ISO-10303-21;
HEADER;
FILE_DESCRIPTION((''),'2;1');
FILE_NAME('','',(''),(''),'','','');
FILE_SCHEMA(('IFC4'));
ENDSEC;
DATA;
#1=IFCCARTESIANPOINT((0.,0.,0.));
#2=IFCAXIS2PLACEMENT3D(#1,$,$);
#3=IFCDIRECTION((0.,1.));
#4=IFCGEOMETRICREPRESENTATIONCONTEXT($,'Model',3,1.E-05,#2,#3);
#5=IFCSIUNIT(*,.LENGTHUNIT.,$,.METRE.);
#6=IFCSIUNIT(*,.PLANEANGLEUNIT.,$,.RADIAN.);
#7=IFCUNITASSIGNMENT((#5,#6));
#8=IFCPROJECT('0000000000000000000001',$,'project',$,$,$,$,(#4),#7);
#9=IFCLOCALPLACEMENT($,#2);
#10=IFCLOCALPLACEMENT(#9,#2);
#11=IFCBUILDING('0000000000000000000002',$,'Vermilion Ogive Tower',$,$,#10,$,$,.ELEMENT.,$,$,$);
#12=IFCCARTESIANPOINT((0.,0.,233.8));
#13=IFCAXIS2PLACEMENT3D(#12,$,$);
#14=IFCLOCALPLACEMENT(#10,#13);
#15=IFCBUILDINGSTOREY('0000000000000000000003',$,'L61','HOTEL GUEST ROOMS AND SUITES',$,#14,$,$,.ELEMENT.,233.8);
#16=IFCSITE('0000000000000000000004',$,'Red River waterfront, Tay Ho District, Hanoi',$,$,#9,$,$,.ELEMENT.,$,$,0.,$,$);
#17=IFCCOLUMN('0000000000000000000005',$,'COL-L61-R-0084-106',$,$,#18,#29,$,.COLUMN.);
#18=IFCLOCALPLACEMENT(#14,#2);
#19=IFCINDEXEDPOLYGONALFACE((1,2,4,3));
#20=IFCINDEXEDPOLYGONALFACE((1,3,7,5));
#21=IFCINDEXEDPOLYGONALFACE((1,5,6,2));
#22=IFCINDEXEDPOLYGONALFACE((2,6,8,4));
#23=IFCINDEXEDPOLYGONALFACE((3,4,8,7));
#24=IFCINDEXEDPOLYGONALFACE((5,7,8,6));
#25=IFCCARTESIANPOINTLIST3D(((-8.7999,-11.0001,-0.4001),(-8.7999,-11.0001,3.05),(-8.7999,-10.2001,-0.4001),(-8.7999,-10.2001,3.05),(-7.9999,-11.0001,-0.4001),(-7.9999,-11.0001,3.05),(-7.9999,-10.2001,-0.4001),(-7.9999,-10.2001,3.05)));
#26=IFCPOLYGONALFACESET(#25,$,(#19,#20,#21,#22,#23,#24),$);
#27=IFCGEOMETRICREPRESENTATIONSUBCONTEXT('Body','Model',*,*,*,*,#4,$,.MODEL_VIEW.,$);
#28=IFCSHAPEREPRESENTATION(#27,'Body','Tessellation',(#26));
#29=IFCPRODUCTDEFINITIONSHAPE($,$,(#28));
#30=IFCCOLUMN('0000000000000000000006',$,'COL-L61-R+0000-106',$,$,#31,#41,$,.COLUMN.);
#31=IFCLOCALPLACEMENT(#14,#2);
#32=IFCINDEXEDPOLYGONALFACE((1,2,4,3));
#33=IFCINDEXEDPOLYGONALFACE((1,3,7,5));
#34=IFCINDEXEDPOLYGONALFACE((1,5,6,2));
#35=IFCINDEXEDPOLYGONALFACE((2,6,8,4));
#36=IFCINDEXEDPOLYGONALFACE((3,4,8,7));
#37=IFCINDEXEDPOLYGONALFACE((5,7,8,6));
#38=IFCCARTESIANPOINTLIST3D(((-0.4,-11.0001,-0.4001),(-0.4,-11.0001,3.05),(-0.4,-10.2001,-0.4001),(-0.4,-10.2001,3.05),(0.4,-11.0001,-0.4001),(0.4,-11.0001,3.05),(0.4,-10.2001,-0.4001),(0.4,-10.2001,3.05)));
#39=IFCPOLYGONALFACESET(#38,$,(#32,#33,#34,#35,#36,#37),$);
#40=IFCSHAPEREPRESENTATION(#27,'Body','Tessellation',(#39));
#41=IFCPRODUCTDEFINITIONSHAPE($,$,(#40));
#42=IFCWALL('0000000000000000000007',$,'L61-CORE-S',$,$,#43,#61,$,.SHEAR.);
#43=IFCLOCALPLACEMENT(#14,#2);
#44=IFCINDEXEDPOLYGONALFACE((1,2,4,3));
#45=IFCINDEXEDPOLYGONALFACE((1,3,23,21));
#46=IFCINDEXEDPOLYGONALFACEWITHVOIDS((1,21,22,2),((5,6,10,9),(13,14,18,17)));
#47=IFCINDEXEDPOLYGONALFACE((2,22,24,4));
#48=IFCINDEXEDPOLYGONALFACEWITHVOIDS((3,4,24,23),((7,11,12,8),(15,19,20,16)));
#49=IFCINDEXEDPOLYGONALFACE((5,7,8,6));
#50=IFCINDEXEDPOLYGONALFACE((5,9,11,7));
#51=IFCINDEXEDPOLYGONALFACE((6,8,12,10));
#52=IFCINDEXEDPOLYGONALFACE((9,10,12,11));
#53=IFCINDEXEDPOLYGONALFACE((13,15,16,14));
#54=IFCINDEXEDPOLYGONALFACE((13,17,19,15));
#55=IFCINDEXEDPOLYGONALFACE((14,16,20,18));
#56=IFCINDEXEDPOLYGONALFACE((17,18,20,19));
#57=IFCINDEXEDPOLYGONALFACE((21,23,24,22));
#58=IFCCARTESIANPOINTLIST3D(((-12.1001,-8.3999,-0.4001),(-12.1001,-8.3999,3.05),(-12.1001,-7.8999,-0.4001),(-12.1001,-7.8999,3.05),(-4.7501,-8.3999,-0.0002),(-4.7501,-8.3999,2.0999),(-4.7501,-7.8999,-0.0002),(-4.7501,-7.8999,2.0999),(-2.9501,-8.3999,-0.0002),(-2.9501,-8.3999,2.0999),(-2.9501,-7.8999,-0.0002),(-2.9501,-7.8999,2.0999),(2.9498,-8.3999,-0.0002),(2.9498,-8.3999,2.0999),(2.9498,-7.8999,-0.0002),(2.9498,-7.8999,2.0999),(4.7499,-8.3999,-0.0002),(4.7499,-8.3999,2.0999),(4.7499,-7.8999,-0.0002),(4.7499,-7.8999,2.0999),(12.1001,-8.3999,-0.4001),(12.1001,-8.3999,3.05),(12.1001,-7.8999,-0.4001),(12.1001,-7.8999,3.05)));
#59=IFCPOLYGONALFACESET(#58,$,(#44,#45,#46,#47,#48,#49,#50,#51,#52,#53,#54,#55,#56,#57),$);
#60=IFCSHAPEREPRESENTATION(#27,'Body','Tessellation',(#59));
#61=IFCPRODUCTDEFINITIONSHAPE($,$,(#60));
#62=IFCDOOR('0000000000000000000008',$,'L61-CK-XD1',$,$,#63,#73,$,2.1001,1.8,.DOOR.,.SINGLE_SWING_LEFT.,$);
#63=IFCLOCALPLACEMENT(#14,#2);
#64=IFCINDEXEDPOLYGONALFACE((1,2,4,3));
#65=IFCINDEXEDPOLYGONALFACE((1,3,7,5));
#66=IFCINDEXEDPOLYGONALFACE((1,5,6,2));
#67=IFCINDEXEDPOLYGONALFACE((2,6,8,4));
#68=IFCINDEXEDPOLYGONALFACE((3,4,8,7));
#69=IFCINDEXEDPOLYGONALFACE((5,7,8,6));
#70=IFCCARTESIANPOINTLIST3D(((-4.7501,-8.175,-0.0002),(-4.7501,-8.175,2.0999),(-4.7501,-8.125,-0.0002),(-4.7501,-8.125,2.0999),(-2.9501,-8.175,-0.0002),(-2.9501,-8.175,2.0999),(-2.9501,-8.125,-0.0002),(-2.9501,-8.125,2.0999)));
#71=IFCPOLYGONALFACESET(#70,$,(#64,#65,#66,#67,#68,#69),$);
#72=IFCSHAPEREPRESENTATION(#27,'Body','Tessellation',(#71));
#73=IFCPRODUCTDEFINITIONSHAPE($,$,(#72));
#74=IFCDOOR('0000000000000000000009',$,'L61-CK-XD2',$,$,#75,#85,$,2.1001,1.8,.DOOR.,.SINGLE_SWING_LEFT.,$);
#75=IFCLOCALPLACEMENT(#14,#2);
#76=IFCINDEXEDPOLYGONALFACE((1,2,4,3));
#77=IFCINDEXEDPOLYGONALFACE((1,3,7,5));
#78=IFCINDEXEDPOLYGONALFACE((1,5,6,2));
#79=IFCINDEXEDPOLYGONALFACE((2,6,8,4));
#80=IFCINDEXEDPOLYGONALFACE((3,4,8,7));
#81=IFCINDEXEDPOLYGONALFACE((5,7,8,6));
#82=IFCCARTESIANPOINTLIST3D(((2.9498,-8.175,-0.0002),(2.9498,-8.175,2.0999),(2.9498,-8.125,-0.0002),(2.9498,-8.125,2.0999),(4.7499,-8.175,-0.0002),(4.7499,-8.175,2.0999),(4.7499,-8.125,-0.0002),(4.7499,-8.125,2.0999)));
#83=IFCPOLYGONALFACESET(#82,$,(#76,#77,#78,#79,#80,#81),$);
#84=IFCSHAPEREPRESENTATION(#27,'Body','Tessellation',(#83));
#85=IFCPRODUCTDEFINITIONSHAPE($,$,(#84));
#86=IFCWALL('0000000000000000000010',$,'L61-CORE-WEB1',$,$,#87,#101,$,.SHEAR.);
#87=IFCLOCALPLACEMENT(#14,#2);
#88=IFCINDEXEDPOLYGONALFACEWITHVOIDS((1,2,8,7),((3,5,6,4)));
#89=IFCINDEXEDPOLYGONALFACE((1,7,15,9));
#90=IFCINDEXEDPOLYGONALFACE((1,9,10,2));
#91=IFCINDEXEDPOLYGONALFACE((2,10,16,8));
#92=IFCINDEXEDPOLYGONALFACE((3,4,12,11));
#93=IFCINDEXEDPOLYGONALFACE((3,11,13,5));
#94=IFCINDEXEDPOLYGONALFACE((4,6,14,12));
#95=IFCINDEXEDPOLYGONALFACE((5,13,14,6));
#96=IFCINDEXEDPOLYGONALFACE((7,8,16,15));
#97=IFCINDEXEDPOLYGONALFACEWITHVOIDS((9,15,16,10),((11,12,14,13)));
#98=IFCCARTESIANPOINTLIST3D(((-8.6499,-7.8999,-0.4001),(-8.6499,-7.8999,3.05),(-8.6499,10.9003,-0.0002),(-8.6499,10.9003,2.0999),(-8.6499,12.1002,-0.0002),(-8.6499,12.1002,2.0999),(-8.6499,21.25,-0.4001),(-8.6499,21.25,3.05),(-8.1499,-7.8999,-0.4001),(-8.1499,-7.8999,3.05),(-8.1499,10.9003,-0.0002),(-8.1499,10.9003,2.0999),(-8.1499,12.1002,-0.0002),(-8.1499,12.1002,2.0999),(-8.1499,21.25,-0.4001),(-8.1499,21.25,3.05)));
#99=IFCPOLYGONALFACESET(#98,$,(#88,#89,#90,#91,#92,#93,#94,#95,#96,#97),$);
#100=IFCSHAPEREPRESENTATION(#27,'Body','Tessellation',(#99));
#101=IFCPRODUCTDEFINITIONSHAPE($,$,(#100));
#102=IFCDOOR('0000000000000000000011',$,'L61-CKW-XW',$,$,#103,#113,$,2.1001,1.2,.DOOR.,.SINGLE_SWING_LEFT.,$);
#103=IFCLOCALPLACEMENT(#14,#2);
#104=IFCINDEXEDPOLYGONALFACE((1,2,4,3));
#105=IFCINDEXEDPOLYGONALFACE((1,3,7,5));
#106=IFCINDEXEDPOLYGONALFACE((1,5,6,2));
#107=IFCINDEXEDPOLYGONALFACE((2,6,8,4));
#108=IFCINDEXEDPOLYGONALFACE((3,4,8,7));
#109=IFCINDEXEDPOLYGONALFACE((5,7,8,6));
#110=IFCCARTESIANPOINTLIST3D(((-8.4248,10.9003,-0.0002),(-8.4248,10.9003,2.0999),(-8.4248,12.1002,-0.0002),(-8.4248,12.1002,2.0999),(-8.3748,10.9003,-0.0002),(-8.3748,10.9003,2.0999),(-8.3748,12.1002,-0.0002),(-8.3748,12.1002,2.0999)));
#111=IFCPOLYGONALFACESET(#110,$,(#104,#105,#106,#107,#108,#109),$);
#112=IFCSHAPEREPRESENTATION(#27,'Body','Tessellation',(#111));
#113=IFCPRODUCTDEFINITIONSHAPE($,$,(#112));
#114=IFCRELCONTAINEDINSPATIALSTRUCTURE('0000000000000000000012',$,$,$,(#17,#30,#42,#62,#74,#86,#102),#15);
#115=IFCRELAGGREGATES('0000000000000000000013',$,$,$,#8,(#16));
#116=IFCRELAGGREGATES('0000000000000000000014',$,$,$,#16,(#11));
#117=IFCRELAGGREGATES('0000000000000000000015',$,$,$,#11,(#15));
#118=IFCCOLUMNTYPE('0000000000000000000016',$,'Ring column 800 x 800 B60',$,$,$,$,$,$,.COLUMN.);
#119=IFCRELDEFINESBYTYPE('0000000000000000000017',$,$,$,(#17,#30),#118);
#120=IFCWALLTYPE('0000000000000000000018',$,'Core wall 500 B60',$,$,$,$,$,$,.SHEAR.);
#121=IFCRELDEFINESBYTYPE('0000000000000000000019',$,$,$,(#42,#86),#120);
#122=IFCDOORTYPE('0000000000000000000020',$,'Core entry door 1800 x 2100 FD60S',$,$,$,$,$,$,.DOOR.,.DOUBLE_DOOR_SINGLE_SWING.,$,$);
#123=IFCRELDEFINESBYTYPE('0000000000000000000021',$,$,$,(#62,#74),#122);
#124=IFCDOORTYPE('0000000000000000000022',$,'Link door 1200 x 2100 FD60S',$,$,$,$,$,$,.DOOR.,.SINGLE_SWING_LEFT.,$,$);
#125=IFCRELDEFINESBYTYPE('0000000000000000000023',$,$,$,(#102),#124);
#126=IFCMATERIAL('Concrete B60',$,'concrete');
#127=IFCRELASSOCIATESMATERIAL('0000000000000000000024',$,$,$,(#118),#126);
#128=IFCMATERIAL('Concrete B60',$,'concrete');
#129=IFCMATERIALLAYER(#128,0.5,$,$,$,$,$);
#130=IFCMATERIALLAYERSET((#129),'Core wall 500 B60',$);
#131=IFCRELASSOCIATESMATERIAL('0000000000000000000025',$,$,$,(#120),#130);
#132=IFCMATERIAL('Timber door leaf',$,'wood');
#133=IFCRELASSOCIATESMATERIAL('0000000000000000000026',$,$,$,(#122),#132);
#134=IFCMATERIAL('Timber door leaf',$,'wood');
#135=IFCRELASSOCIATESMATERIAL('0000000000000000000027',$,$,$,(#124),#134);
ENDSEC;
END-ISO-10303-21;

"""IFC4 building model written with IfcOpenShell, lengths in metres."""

from ifc_helpers import new_model, si_unit, direction, frame, frame_2d, origin, origin_2d, place, context, subcontext, project, spatial, rectangle, extrude, material, layer, layer_set, material_profile, profile_set, type_object, element, fill, save


model = new_model("IFC4")

# Units and contexts
model_context = context("Model", 3, precision=1e-05, world=origin(), true_north=direction((0.0, 1.0)))
body_context = subcontext(model_context, "Body", "Model", "MODEL_VIEW")
ifc_project = project(units=[si_unit("LENGTHUNIT", "METRE"), si_unit("PLANEANGLEUNIT", "RADIAN")], contexts=[model_context])

# Site, building, storey
site_placement = place(None, origin())
site = spatial("IfcSite", under=ifc_project, at=site_placement, Name="Red River waterfront, Tay Ho District, Hanoi", CompositionType="ELEMENT", RefElevation=0.0)
building_placement = place(site_placement, origin())
building = spatial("IfcBuilding", under=site, at=building_placement, Name="Vermilion Ogive Tower", CompositionType="ELEMENT")
storey_placement = place(building_placement, frame((0.0, 0.0, 233.8)))
storey = spatial("IfcBuildingStorey", under=building, at=storey_placement, Name="L61", Description="HOTEL GUEST ROOMS AND SUITES", CompositionType="ELEMENT", Elevation=233.8)

# Columns
ifc_material_1 = material(Name="Concrete B60", Category="concrete")
ifc_material_profile = material_profile(ifc_material_1, rectangle(XDim=0.8, YDim=0.8, at=origin_2d()), Name="800 x 800")
ifc_profile_set = profile_set([ifc_material_profile], Name="Concrete B60")
column_type = type_object("IfcColumnType", Name="Ring column 800 x 800 B60", PredefinedType="COLUMN", material=ifc_profile_set)
for number, where, z_axis, x_axis, name in (
    (1, (-8.3999, -10.6001, -0.4001), (0.0, 0.0, 1.0), (1.0, 0.0, 0.0), "COL-L61-R-0084-106"),
    (2, (0.0, -10.6001, -0.4001), (0.0, 0.0, 1.0), (1.0, 0.0, 0.0), "COL-L61-R+0000-106"),
):
    element("IfcColumn", number, at=place(storey_placement, frame(where, z_axis=z_axis, x_axis=x_axis)), inside=storey, type_object=column_type, Name=name, PredefinedType="COLUMN", context=body_context, shape_type="SweptSolid", body=[
        extrude(rectangle(XDim=0.8, YDim=0.8, at=origin_2d()), origin(), (0.0, 0.0, 1.0), 3.4502),
    ])

# Wall, openings, doors
ifc_material_2 = material(Name="Concrete B60", Category="concrete")
ifc_layer_1 = layer(ifc_material_2, 0.5)
ifc_layer_set_1 = layer_set([ifc_layer_1], Name="Core wall 500 B60")
wall_type_1 = type_object("IfcWallType", Name="Core wall 500 B60", PredefinedType="SHEAR", material=ifc_layer_set_1)
wall_1_placement = place(storey_placement, frame((-12.1001, -8.1499, -0.4001), z_axis=(0.0, 0.0, 1.0), x_axis=(1.0, 0.0, 0.0)))
wall_1 = element("IfcWall", 3, at=wall_1_placement, inside=storey, type_object=wall_type_1, Name="L61-CORE-S", PredefinedType="SHEAR", context=body_context, shape_type="SweptSolid", body=[
    extrude(rectangle(XDim=24.2002, YDim=0.5, at=frame_2d((12.1001, 0.0))), origin(), (0.0, 0.0, 1.0), 3.4502),
])
opening_1_placement = place(wall_1_placement, frame((7.3501, 0.0, 0.3999)))
opening_1 = element("IfcOpeningElement", 4, at=opening_1_placement, cuts=wall_1, PredefinedType="OPENING", context=body_context, shape_type="SweptSolid", body=[
    extrude(rectangle(XDim=1.8, YDim=2.1001, at=frame_2d((0.8999, 1.05))), frame((0.0, 0.26, 0.0), z_axis=(0.0, -1.0, 0.0), x_axis=(1.0, 0.0, 0.0)), (0.0, 0.0, 1.0), 0.52),
])
opening_2_placement = place(wall_1_placement, frame((15.05, 0.0, 0.3999)))
opening_2 = element("IfcOpeningElement", 5, at=opening_2_placement, cuts=wall_1, PredefinedType="OPENING", context=body_context, shape_type="SweptSolid", body=[
    extrude(rectangle(XDim=1.8, YDim=2.1001, at=frame_2d((0.8999, 1.05))), frame((0.0, 0.26, 0.0), z_axis=(0.0, -1.0, 0.0), x_axis=(1.0, 0.0, 0.0)), (0.0, 0.0, 1.0), 0.52),
])
ifc_material_3 = material(Name="Timber door leaf", Category="wood")
door_type_1 = type_object("IfcDoorType", Name="Core entry door 1800 x 2100 FD60S", OperationType="DOUBLE_DOOR_SINGLE_SWING", PredefinedType="DOOR", material=ifc_material_3)
door_1_placement = place(opening_1_placement, origin())
door_1 = element("IfcDoor", 6, at=door_1_placement, inside=storey, type_object=door_type_1, Name="L61-CK-XD1", OperationType="SINGLE_SWING_LEFT", OverallHeight=2.1001, OverallWidth=1.8, PredefinedType="DOOR", context=body_context, shape_type="SweptSolid", body=[
    extrude(rectangle(XDim=1.8, YDim=2.1001, at=frame_2d((0.8999, 1.05))), frame((0.0, 0.0249, 0.0), z_axis=(0.0, -1.0, 0.0), x_axis=(1.0, 0.0, 0.0)), (0.0, 0.0, 1.0), 0.05),
])
fill(opening_1, door_1)
door_2_placement = place(opening_2_placement, origin())
door_2 = element("IfcDoor", 7, at=door_2_placement, inside=storey, type_object=door_type_1, Name="L61-CK-XD2", OperationType="SINGLE_SWING_LEFT", OverallHeight=2.1001, OverallWidth=1.8, PredefinedType="DOOR", context=body_context, shape_type="SweptSolid", body=[
    extrude(rectangle(XDim=1.8, YDim=2.1001, at=frame_2d((0.8999, 1.05))), frame((0.0, 0.0249, 0.0), z_axis=(0.0, -1.0, 0.0), x_axis=(1.0, 0.0, 0.0)), (0.0, 0.0, 1.0), 0.05),
])
fill(opening_2, door_2)

# Wall, opening, door
wall_2_placement = place(storey_placement, frame((-8.3999, -7.8999, -0.4001), z_axis=(0.0, 0.0, 1.0), x_axis=(0.0, 1.0, 0.0)))
wall_2 = element("IfcWall", 8, at=wall_2_placement, inside=storey, type_object=wall_type_1, Name="L61-CORE-WEB1", PredefinedType="SHEAR", context=body_context, shape_type="SweptSolid", body=[
    extrude(rectangle(XDim=29.1499, YDim=0.5, at=frame_2d((14.575, 0.0))), origin(), (0.0, 0.0, 1.0), 3.4502),
])
opening_3_placement = place(wall_2_placement, frame((18.8, 0.0, 0.3999)))
opening_3 = element("IfcOpeningElement", 9, at=opening_3_placement, cuts=wall_2, PredefinedType="OPENING", context=body_context, shape_type="SweptSolid", body=[
    extrude(rectangle(XDim=1.2, YDim=2.1001, at=frame_2d((0.6001, 1.05))), frame((0.0, 0.26, 0.0), z_axis=(0.0, -1.0, 0.0), x_axis=(1.0, 0.0, 0.0)), (0.0, 0.0, 1.0), 0.52),
])
ifc_material_4 = material(Name="Timber door leaf", Category="wood")
door_type_2 = type_object("IfcDoorType", Name="Link door 1200 x 2100 FD60S", OperationType="SINGLE_SWING_LEFT", PredefinedType="DOOR", material=ifc_material_4)
door_3_placement = place(opening_3_placement, origin())
door_3 = element("IfcDoor", 10, at=door_3_placement, inside=storey, type_object=door_type_2, Name="L61-CKW-XW", OperationType="SINGLE_SWING_LEFT", OverallHeight=2.1001, OverallWidth=1.2, PredefinedType="DOOR", context=body_context, shape_type="SweptSolid", body=[
    extrude(rectangle(XDim=1.2, YDim=2.1001, at=frame_2d((0.6001, 1.05))), frame((0.0, 0.0249, 0.0), z_axis=(0.0, -1.0, 0.0), x_axis=(1.0, 0.0, 0.0)), (0.0, 0.0, 1.0), 0.05),
])
fill(opening_3, door_3)

save(model, "model.ifc")
